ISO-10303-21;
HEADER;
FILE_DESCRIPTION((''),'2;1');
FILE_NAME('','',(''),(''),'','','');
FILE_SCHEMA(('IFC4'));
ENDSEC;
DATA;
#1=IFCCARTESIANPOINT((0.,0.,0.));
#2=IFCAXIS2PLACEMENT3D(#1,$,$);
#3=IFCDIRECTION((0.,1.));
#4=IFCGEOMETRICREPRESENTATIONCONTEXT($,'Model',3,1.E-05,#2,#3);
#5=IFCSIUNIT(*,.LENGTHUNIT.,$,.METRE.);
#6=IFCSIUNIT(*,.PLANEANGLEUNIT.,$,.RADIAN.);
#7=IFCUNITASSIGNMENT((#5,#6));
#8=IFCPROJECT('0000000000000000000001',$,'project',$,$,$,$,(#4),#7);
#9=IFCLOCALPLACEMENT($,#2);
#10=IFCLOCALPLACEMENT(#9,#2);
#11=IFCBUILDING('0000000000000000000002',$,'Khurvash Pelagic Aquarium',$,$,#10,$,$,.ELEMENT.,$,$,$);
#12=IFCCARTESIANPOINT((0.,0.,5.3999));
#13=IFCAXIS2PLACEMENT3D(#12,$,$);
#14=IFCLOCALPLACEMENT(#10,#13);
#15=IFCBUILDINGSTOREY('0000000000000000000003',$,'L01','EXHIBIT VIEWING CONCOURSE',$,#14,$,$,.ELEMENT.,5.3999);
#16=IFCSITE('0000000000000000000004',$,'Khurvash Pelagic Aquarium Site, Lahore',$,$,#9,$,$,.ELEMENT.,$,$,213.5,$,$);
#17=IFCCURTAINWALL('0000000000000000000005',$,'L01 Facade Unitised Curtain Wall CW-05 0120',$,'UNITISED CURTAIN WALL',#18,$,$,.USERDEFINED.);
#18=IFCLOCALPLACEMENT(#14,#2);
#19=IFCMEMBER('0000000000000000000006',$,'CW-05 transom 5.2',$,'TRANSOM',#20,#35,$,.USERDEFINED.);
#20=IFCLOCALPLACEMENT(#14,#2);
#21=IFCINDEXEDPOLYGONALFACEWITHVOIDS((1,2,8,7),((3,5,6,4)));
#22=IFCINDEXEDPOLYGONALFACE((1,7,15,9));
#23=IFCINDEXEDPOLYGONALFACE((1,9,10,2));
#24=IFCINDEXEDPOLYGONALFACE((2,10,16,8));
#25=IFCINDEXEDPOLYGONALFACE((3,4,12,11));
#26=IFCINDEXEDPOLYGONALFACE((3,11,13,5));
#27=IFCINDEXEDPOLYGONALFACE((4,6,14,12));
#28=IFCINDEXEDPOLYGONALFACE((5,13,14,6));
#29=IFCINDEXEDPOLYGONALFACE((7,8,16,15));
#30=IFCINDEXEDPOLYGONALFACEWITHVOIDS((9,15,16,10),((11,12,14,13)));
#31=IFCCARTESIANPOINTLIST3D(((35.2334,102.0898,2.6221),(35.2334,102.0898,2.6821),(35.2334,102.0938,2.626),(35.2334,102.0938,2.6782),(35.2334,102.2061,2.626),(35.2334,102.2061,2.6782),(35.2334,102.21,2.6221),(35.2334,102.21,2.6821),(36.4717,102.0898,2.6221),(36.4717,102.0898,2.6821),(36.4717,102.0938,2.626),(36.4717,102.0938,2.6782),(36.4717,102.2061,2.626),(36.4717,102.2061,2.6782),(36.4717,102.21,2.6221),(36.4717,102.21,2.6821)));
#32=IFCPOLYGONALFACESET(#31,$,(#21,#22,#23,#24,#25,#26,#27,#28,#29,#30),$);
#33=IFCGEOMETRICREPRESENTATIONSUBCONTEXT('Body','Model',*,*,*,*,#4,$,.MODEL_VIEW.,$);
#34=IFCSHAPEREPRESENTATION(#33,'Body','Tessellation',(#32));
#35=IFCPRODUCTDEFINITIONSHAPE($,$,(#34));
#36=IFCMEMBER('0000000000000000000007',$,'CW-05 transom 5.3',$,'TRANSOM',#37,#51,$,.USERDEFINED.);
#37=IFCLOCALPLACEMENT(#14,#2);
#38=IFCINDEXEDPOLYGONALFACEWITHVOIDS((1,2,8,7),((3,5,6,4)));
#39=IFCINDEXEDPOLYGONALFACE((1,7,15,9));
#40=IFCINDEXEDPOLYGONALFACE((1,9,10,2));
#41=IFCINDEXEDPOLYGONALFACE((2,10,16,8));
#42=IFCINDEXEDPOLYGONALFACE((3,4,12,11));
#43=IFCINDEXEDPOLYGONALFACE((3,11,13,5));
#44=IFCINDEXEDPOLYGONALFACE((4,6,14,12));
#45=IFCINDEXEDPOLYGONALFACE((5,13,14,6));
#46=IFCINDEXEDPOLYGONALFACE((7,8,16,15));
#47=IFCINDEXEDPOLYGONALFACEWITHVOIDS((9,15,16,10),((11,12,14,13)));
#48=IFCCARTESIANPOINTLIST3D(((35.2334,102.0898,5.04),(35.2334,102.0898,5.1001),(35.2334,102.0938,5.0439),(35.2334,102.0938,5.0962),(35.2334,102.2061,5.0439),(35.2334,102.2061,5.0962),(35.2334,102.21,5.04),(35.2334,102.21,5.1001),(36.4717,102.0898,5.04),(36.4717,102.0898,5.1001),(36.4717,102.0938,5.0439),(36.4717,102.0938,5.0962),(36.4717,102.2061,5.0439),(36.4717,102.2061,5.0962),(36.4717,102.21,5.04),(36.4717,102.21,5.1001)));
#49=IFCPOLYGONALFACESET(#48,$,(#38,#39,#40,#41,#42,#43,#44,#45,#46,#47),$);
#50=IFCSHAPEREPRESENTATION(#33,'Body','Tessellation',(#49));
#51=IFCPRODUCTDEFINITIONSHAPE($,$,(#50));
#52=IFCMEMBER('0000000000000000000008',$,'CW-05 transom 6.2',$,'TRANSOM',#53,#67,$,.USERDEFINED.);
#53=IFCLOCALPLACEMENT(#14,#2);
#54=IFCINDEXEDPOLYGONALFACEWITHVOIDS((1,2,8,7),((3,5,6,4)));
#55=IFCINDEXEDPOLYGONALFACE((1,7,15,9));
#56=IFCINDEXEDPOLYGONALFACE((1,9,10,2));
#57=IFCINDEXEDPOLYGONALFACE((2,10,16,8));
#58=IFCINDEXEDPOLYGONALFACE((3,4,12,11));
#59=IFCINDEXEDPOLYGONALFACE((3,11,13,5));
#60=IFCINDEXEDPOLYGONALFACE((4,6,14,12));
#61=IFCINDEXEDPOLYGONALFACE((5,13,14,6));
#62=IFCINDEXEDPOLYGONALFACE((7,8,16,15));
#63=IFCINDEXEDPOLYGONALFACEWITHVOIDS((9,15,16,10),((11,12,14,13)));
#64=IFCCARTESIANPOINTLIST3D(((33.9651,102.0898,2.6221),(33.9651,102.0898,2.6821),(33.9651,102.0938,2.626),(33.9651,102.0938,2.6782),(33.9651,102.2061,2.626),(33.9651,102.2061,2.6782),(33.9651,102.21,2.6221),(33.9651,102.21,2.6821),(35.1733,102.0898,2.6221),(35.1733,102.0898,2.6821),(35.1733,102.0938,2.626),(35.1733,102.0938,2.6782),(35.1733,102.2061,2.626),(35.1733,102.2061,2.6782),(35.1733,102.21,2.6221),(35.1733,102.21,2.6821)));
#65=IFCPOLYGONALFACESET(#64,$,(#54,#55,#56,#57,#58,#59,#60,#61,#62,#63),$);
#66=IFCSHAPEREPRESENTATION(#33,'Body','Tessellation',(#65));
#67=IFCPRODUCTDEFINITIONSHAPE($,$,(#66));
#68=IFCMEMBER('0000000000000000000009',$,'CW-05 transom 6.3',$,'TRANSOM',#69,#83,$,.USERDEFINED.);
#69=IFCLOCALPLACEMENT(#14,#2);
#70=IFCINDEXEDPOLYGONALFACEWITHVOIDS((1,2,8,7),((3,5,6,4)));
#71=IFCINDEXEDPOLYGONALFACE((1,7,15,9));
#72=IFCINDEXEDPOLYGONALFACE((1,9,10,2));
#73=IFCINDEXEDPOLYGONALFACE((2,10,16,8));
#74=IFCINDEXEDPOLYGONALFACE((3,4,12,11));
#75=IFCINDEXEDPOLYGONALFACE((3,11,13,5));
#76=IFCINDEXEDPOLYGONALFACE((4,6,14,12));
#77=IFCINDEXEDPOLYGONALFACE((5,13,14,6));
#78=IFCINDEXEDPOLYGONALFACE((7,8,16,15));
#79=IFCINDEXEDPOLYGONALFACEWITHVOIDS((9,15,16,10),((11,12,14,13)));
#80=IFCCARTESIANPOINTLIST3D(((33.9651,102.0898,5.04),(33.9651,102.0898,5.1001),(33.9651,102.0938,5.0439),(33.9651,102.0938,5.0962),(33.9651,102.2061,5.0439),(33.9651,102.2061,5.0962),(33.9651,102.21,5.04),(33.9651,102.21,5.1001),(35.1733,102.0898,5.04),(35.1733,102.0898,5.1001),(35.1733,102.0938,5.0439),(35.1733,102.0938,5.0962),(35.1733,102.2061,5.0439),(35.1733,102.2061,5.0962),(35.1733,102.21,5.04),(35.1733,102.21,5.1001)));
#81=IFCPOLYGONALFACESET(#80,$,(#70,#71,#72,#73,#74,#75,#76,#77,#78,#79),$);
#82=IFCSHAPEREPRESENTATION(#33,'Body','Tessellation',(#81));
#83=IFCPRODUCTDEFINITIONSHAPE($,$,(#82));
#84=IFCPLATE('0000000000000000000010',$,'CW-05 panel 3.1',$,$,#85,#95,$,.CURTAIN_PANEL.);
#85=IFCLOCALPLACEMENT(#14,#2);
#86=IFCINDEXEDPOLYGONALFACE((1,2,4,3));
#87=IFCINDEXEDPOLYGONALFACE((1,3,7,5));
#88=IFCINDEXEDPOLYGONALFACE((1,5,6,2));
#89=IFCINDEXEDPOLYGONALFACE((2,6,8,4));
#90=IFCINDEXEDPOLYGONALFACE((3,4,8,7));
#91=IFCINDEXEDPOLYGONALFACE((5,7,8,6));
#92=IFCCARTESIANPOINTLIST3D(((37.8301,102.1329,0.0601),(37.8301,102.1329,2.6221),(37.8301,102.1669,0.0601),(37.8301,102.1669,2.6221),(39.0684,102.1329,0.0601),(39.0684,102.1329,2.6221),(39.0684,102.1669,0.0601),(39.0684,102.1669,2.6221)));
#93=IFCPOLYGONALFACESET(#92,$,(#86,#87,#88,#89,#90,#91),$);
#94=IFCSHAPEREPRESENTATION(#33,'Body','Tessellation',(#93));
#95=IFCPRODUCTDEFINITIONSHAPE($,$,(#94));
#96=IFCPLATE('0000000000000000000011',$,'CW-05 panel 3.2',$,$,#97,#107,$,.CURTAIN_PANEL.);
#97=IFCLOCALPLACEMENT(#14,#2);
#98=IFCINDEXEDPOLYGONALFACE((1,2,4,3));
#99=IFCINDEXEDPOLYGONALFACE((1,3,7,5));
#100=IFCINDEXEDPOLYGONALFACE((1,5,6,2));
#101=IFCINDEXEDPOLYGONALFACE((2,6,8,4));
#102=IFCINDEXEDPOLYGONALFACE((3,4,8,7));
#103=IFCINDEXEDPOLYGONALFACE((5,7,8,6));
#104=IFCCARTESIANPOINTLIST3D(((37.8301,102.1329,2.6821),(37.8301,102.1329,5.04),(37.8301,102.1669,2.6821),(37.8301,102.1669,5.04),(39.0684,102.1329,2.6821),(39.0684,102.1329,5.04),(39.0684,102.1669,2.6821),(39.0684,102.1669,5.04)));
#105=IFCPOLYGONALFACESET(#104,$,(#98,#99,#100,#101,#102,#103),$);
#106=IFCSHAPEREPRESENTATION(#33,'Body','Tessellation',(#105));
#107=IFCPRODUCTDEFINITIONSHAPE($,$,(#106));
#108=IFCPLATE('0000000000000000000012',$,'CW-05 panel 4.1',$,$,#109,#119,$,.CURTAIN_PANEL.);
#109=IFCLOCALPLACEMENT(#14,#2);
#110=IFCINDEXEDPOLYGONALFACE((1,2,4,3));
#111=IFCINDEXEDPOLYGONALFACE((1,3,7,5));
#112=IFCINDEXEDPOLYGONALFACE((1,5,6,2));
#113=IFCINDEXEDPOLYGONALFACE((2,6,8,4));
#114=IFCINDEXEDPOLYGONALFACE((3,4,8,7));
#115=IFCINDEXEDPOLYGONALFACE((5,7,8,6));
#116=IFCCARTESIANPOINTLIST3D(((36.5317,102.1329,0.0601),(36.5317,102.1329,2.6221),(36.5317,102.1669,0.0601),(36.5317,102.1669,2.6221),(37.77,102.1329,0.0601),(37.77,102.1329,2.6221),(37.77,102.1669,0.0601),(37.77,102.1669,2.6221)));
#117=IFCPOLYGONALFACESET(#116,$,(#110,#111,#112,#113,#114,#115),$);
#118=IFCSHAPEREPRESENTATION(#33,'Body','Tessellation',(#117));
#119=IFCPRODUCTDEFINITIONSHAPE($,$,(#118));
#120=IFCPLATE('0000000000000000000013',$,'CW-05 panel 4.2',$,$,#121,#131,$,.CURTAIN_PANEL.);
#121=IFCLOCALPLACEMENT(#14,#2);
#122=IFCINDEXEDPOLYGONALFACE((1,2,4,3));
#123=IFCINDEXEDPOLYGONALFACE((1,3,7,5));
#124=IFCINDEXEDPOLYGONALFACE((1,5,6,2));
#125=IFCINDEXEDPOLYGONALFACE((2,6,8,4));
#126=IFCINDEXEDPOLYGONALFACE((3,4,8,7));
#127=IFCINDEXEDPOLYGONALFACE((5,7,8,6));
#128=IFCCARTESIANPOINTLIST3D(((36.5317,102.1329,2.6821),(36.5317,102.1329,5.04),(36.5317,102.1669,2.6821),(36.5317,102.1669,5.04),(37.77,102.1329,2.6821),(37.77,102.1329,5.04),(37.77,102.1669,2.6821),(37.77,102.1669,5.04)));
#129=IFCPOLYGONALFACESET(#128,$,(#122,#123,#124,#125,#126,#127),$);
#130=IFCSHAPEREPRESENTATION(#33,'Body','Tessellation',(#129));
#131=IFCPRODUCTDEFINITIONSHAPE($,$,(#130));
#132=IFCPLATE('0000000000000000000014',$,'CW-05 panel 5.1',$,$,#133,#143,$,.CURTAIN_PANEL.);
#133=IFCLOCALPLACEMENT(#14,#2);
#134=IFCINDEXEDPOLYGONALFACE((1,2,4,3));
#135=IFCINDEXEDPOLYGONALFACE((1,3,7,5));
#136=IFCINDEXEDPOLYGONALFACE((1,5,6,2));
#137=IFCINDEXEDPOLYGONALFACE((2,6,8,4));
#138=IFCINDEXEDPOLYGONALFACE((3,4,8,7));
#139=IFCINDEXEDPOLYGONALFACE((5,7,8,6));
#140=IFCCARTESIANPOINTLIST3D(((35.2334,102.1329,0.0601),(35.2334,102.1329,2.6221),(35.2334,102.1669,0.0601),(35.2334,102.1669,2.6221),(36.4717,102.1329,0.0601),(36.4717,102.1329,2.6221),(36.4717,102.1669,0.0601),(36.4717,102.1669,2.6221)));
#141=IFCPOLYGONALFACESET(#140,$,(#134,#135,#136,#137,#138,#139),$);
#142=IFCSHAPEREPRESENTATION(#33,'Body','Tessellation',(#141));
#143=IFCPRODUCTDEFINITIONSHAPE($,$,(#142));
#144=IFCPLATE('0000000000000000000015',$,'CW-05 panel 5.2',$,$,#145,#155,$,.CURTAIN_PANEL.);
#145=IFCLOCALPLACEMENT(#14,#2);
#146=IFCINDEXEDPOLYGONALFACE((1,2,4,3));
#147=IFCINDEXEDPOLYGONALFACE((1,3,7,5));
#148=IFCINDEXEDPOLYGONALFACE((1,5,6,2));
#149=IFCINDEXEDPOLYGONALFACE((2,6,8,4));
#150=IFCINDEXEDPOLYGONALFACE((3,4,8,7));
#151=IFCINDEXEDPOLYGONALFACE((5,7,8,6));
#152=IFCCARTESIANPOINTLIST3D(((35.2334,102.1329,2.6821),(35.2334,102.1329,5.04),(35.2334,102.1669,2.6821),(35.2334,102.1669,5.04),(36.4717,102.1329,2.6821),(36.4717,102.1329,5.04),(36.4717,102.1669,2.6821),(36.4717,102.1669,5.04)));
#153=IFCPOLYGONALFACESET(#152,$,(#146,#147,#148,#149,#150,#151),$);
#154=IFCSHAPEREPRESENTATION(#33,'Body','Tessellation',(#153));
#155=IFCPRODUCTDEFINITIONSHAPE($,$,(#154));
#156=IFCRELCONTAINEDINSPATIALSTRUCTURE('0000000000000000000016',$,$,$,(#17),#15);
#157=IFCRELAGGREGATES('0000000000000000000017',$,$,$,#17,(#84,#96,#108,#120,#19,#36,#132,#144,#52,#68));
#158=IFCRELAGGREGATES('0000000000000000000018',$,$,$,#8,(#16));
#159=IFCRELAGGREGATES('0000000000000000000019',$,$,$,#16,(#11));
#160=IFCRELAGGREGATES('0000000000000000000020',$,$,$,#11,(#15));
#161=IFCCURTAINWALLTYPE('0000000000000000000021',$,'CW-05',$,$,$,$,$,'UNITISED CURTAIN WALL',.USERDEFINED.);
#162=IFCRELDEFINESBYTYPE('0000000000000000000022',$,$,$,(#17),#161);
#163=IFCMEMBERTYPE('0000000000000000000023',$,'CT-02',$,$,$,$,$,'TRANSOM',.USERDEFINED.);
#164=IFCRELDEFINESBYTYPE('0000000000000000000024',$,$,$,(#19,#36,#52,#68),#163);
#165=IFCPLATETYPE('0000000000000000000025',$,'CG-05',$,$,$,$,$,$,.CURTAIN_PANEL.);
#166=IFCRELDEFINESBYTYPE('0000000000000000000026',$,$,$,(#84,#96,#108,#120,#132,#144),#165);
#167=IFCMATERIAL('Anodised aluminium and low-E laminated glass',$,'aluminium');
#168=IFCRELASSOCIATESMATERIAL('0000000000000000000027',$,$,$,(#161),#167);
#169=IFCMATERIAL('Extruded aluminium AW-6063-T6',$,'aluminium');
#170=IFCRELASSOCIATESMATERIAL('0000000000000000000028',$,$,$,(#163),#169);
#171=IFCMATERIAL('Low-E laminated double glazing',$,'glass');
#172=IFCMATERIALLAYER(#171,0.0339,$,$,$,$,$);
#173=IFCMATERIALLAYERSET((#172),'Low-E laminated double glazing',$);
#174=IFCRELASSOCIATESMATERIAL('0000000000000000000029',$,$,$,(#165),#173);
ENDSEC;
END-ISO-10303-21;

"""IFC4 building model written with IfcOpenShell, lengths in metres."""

from ifc_helpers import new_model, si_unit, direction, frame, origin, origin_2d, place, context, subcontext, project, spatial, rectangle, hollow_rectangle, extrude, material, layer, layer_set, material_profile, profile_set, type_object, element, aggregate, save


model = new_model("IFC4")

# Units and contexts
model_context = context("Model", 3, precision=1e-05, world=origin(), true_north=direction((0.0, 1.0)))
body_context = subcontext(model_context, "Body", "Model", "MODEL_VIEW")
ifc_project = project(units=[si_unit("LENGTHUNIT", "METRE"), si_unit("PLANEANGLEUNIT", "RADIAN")], contexts=[model_context])

# Site, building, storey
site_placement = place(None, origin())
site = spatial("IfcSite", under=ifc_project, at=site_placement, Name="Khurvash Pelagic Aquarium Site, Lahore", CompositionType="ELEMENT", RefElevation=213.5)
building_placement = place(site_placement, origin())
building = spatial("IfcBuilding", under=site, at=building_placement, Name="Khurvash Pelagic Aquarium", CompositionType="ELEMENT")
storey_placement = place(building_placement, frame((0.0, 0.0, 5.3999)))
storey = spatial("IfcBuildingStorey", under=building, at=storey_placement, Name="L01", Description="EXHIBIT VIEWING CONCOURSE", CompositionType="ELEMENT", Elevation=5.3999)

# Curtain wall, members, plates
ifc_material_1 = material(Name="Anodised aluminium and low-E laminated glass", Category="aluminium")
curtain_wall_type = type_object("IfcCurtainWallType", Name="CW-05", ElementType="UNITISED CURTAIN WALL", PredefinedType="USERDEFINED", material=ifc_material_1)
curtain_wall_placement = place(storey_placement, origin())
curtain_wall = element("IfcCurtainWall", 1, at=curtain_wall_placement, inside=storey, type_object=curtain_wall_type, Name="L01 Facade Unitised Curtain Wall CW-05 0120", ObjectType="UNITISED CURTAIN WALL", PredefinedType="USERDEFINED")
ifc_material_2 = material(Name="Extruded aluminium AW-6063-T6", Category="aluminium")
ifc_material_profile_1 = material_profile(ifc_material_2, hollow_rectangle(XDim=0.1201, YDim=0.0601, WallThickness=0.0039, at=origin_2d()), Name="CWT120X60X4")
ifc_profile_set_1 = profile_set([ifc_material_profile_1], Name="Extruded aluminium AW-6063-T6")
member_type_1 = type_object("IfcMemberType", Name="CT-02", ElementType="TRANSOM", PredefinedType="USERDEFINED", material=ifc_profile_set_1)
member_1_placement = place(storey_placement, frame((36.4717, 102.1499, 2.6521), z_axis=(-1.0, 0.0, 0.0), x_axis=(0.0, -1.0, 0.0)))
member_1 = element("IfcMember", 2, at=member_1_placement, type_object=member_type_1, Name="CW-05 transom 5.2", ObjectType="TRANSOM", PredefinedType="USERDEFINED", context=body_context, shape_type="SweptSolid", body=[
    extrude(hollow_rectangle(XDim=0.1201, YDim=0.0601, WallThickness=0.0039, at=origin_2d()), origin(), (0.0, 0.0, 1.0), 1.2383),
])
member_2_placement = place(storey_placement, frame((36.4717, 102.1499, 5.0701), z_axis=(-1.0, 0.0, 0.0), x_axis=(0.0, -1.0, 0.0)))
member_2 = element("IfcMember", 3, at=member_2_placement, type_object=member_type_1, Name="CW-05 transom 5.3", ObjectType="TRANSOM", PredefinedType="USERDEFINED", context=body_context, shape_type="SweptSolid", body=[
    extrude(hollow_rectangle(XDim=0.1201, YDim=0.0601, WallThickness=0.0039, at=origin_2d()), origin(), (0.0, 0.0, 1.0), 1.2383),
])
member_3_placement = place(storey_placement, frame((35.1733, 102.1499, 2.6521), z_axis=(-1.0, 0.0, 0.0), x_axis=(0.0, -1.0, 0.0)))
member_3 = element("IfcMember", 4, at=member_3_placement, type_object=member_type_1, Name="CW-05 transom 6.2", ObjectType="TRANSOM", PredefinedType="USERDEFINED", context=body_context, shape_type="SweptSolid", body=[
    extrude(hollow_rectangle(XDim=0.1201, YDim=0.0601, WallThickness=0.0039, at=origin_2d()), origin(), (0.0, 0.0, 1.0), 1.2083),
])
member_4_placement = place(storey_placement, frame((35.1733, 102.1499, 5.0701), z_axis=(-1.0, 0.0, 0.0), x_axis=(0.0, -1.0, 0.0)))
member_4 = element("IfcMember", 5, at=member_4_placement, type_object=member_type_1, Name="CW-05 transom 6.3", ObjectType="TRANSOM", PredefinedType="USERDEFINED", context=body_context, shape_type="SweptSolid", body=[
    extrude(hollow_rectangle(XDim=0.1201, YDim=0.0601, WallThickness=0.0039, at=origin_2d()), origin(), (0.0, 0.0, 1.0), 1.2083),
])
ifc_material_3 = material(Name="Low-E laminated double glazing", Category="glass")
ifc_layer = layer(ifc_material_3, 0.0339)
ifc_layer_set = layer_set([ifc_layer], Name="Low-E laminated double glazing")
plate_type = type_object("IfcPlateType", Name="CG-05", PredefinedType="CURTAIN_PANEL", material=ifc_layer_set)
plate_1_placement = place(storey_placement, frame((38.4492, 102.1499, 0.0601), z_axis=(0.0, 0.0, 1.0), x_axis=(-1.0, 0.0, 0.0)))
plate_1 = element("IfcPlate", 6, at=plate_1_placement, type_object=plate_type, Name="CW-05 panel 3.1", PredefinedType="CURTAIN_PANEL", context=body_context, shape_type="SweptSolid", body=[
    extrude(rectangle(XDim=1.2383, YDim=0.0339, at=origin_2d()), origin(), (0.0, 0.0, 1.0), 2.562),
])
plate_2_placement = place(storey_placement, frame((38.4492, 102.1499, 2.6821), z_axis=(0.0, 0.0, 1.0), x_axis=(-1.0, 0.0, 0.0)))
plate_2 = element("IfcPlate", 7, at=plate_2_placement, type_object=plate_type, Name="CW-05 panel 3.2", PredefinedType="CURTAIN_PANEL", context=body_context, shape_type="SweptSolid", body=[
    extrude(rectangle(XDim=1.2383, YDim=0.0339, at=origin_2d()), origin(), (0.0, 0.0, 1.0), 2.3579),
])
plate_3_placement = place(storey_placement, frame((37.1509, 102.1499, 0.0601), z_axis=(0.0, 0.0, 1.0), x_axis=(-1.0, 0.0, 0.0)))
plate_3 = element("IfcPlate", 8, at=plate_3_placement, type_object=plate_type, Name="CW-05 panel 4.1", PredefinedType="CURTAIN_PANEL", context=body_context, shape_type="SweptSolid", body=[
    extrude(rectangle(XDim=1.2383, YDim=0.0339, at=origin_2d()), origin(), (0.0, 0.0, 1.0), 2.562),
])
plate_4_placement = place(storey_placement, frame((37.1509, 102.1499, 2.6821), z_axis=(0.0, 0.0, 1.0), x_axis=(-1.0, 0.0, 0.0)))
plate_4 = element("IfcPlate", 9, at=plate_4_placement, type_object=plate_type, Name="CW-05 panel 4.2", PredefinedType="CURTAIN_PANEL", context=body_context, shape_type="SweptSolid", body=[
    extrude(rectangle(XDim=1.2383, YDim=0.0339, at=origin_2d()), origin(), (0.0, 0.0, 1.0), 2.3579),
])
plate_5_placement = place(storey_placement, frame((35.8525, 102.1499, 0.0601), z_axis=(0.0, 0.0, 1.0), x_axis=(-1.0, 0.0, 0.0)))
plate_5 = element("IfcPlate", 10, at=plate_5_placement, type_object=plate_type, Name="CW-05 panel 5.1", PredefinedType="CURTAIN_PANEL", context=body_context, shape_type="SweptSolid", body=[
    extrude(rectangle(XDim=1.2383, YDim=0.0339, at=origin_2d()), origin(), (0.0, 0.0, 1.0), 2.562),
])
plate_6_placement = place(storey_placement, frame((35.8525, 102.1499, 2.6821), z_axis=(0.0, 0.0, 1.0), x_axis=(-1.0, 0.0, 0.0)))
plate_6 = element("IfcPlate", 11, at=plate_6_placement, type_object=plate_type, Name="CW-05 panel 5.2", PredefinedType="CURTAIN_PANEL", context=body_context, shape_type="SweptSolid", body=[
    extrude(rectangle(XDim=1.2383, YDim=0.0339, at=origin_2d()), origin(), (0.0, 0.0, 1.0), 2.3579),
])
aggregate(curtain_wall, [plate_1, plate_2, plate_3, plate_4, member_1, member_2, plate_5, plate_6, member_3, member_4])

save(model, "model.ifc")
